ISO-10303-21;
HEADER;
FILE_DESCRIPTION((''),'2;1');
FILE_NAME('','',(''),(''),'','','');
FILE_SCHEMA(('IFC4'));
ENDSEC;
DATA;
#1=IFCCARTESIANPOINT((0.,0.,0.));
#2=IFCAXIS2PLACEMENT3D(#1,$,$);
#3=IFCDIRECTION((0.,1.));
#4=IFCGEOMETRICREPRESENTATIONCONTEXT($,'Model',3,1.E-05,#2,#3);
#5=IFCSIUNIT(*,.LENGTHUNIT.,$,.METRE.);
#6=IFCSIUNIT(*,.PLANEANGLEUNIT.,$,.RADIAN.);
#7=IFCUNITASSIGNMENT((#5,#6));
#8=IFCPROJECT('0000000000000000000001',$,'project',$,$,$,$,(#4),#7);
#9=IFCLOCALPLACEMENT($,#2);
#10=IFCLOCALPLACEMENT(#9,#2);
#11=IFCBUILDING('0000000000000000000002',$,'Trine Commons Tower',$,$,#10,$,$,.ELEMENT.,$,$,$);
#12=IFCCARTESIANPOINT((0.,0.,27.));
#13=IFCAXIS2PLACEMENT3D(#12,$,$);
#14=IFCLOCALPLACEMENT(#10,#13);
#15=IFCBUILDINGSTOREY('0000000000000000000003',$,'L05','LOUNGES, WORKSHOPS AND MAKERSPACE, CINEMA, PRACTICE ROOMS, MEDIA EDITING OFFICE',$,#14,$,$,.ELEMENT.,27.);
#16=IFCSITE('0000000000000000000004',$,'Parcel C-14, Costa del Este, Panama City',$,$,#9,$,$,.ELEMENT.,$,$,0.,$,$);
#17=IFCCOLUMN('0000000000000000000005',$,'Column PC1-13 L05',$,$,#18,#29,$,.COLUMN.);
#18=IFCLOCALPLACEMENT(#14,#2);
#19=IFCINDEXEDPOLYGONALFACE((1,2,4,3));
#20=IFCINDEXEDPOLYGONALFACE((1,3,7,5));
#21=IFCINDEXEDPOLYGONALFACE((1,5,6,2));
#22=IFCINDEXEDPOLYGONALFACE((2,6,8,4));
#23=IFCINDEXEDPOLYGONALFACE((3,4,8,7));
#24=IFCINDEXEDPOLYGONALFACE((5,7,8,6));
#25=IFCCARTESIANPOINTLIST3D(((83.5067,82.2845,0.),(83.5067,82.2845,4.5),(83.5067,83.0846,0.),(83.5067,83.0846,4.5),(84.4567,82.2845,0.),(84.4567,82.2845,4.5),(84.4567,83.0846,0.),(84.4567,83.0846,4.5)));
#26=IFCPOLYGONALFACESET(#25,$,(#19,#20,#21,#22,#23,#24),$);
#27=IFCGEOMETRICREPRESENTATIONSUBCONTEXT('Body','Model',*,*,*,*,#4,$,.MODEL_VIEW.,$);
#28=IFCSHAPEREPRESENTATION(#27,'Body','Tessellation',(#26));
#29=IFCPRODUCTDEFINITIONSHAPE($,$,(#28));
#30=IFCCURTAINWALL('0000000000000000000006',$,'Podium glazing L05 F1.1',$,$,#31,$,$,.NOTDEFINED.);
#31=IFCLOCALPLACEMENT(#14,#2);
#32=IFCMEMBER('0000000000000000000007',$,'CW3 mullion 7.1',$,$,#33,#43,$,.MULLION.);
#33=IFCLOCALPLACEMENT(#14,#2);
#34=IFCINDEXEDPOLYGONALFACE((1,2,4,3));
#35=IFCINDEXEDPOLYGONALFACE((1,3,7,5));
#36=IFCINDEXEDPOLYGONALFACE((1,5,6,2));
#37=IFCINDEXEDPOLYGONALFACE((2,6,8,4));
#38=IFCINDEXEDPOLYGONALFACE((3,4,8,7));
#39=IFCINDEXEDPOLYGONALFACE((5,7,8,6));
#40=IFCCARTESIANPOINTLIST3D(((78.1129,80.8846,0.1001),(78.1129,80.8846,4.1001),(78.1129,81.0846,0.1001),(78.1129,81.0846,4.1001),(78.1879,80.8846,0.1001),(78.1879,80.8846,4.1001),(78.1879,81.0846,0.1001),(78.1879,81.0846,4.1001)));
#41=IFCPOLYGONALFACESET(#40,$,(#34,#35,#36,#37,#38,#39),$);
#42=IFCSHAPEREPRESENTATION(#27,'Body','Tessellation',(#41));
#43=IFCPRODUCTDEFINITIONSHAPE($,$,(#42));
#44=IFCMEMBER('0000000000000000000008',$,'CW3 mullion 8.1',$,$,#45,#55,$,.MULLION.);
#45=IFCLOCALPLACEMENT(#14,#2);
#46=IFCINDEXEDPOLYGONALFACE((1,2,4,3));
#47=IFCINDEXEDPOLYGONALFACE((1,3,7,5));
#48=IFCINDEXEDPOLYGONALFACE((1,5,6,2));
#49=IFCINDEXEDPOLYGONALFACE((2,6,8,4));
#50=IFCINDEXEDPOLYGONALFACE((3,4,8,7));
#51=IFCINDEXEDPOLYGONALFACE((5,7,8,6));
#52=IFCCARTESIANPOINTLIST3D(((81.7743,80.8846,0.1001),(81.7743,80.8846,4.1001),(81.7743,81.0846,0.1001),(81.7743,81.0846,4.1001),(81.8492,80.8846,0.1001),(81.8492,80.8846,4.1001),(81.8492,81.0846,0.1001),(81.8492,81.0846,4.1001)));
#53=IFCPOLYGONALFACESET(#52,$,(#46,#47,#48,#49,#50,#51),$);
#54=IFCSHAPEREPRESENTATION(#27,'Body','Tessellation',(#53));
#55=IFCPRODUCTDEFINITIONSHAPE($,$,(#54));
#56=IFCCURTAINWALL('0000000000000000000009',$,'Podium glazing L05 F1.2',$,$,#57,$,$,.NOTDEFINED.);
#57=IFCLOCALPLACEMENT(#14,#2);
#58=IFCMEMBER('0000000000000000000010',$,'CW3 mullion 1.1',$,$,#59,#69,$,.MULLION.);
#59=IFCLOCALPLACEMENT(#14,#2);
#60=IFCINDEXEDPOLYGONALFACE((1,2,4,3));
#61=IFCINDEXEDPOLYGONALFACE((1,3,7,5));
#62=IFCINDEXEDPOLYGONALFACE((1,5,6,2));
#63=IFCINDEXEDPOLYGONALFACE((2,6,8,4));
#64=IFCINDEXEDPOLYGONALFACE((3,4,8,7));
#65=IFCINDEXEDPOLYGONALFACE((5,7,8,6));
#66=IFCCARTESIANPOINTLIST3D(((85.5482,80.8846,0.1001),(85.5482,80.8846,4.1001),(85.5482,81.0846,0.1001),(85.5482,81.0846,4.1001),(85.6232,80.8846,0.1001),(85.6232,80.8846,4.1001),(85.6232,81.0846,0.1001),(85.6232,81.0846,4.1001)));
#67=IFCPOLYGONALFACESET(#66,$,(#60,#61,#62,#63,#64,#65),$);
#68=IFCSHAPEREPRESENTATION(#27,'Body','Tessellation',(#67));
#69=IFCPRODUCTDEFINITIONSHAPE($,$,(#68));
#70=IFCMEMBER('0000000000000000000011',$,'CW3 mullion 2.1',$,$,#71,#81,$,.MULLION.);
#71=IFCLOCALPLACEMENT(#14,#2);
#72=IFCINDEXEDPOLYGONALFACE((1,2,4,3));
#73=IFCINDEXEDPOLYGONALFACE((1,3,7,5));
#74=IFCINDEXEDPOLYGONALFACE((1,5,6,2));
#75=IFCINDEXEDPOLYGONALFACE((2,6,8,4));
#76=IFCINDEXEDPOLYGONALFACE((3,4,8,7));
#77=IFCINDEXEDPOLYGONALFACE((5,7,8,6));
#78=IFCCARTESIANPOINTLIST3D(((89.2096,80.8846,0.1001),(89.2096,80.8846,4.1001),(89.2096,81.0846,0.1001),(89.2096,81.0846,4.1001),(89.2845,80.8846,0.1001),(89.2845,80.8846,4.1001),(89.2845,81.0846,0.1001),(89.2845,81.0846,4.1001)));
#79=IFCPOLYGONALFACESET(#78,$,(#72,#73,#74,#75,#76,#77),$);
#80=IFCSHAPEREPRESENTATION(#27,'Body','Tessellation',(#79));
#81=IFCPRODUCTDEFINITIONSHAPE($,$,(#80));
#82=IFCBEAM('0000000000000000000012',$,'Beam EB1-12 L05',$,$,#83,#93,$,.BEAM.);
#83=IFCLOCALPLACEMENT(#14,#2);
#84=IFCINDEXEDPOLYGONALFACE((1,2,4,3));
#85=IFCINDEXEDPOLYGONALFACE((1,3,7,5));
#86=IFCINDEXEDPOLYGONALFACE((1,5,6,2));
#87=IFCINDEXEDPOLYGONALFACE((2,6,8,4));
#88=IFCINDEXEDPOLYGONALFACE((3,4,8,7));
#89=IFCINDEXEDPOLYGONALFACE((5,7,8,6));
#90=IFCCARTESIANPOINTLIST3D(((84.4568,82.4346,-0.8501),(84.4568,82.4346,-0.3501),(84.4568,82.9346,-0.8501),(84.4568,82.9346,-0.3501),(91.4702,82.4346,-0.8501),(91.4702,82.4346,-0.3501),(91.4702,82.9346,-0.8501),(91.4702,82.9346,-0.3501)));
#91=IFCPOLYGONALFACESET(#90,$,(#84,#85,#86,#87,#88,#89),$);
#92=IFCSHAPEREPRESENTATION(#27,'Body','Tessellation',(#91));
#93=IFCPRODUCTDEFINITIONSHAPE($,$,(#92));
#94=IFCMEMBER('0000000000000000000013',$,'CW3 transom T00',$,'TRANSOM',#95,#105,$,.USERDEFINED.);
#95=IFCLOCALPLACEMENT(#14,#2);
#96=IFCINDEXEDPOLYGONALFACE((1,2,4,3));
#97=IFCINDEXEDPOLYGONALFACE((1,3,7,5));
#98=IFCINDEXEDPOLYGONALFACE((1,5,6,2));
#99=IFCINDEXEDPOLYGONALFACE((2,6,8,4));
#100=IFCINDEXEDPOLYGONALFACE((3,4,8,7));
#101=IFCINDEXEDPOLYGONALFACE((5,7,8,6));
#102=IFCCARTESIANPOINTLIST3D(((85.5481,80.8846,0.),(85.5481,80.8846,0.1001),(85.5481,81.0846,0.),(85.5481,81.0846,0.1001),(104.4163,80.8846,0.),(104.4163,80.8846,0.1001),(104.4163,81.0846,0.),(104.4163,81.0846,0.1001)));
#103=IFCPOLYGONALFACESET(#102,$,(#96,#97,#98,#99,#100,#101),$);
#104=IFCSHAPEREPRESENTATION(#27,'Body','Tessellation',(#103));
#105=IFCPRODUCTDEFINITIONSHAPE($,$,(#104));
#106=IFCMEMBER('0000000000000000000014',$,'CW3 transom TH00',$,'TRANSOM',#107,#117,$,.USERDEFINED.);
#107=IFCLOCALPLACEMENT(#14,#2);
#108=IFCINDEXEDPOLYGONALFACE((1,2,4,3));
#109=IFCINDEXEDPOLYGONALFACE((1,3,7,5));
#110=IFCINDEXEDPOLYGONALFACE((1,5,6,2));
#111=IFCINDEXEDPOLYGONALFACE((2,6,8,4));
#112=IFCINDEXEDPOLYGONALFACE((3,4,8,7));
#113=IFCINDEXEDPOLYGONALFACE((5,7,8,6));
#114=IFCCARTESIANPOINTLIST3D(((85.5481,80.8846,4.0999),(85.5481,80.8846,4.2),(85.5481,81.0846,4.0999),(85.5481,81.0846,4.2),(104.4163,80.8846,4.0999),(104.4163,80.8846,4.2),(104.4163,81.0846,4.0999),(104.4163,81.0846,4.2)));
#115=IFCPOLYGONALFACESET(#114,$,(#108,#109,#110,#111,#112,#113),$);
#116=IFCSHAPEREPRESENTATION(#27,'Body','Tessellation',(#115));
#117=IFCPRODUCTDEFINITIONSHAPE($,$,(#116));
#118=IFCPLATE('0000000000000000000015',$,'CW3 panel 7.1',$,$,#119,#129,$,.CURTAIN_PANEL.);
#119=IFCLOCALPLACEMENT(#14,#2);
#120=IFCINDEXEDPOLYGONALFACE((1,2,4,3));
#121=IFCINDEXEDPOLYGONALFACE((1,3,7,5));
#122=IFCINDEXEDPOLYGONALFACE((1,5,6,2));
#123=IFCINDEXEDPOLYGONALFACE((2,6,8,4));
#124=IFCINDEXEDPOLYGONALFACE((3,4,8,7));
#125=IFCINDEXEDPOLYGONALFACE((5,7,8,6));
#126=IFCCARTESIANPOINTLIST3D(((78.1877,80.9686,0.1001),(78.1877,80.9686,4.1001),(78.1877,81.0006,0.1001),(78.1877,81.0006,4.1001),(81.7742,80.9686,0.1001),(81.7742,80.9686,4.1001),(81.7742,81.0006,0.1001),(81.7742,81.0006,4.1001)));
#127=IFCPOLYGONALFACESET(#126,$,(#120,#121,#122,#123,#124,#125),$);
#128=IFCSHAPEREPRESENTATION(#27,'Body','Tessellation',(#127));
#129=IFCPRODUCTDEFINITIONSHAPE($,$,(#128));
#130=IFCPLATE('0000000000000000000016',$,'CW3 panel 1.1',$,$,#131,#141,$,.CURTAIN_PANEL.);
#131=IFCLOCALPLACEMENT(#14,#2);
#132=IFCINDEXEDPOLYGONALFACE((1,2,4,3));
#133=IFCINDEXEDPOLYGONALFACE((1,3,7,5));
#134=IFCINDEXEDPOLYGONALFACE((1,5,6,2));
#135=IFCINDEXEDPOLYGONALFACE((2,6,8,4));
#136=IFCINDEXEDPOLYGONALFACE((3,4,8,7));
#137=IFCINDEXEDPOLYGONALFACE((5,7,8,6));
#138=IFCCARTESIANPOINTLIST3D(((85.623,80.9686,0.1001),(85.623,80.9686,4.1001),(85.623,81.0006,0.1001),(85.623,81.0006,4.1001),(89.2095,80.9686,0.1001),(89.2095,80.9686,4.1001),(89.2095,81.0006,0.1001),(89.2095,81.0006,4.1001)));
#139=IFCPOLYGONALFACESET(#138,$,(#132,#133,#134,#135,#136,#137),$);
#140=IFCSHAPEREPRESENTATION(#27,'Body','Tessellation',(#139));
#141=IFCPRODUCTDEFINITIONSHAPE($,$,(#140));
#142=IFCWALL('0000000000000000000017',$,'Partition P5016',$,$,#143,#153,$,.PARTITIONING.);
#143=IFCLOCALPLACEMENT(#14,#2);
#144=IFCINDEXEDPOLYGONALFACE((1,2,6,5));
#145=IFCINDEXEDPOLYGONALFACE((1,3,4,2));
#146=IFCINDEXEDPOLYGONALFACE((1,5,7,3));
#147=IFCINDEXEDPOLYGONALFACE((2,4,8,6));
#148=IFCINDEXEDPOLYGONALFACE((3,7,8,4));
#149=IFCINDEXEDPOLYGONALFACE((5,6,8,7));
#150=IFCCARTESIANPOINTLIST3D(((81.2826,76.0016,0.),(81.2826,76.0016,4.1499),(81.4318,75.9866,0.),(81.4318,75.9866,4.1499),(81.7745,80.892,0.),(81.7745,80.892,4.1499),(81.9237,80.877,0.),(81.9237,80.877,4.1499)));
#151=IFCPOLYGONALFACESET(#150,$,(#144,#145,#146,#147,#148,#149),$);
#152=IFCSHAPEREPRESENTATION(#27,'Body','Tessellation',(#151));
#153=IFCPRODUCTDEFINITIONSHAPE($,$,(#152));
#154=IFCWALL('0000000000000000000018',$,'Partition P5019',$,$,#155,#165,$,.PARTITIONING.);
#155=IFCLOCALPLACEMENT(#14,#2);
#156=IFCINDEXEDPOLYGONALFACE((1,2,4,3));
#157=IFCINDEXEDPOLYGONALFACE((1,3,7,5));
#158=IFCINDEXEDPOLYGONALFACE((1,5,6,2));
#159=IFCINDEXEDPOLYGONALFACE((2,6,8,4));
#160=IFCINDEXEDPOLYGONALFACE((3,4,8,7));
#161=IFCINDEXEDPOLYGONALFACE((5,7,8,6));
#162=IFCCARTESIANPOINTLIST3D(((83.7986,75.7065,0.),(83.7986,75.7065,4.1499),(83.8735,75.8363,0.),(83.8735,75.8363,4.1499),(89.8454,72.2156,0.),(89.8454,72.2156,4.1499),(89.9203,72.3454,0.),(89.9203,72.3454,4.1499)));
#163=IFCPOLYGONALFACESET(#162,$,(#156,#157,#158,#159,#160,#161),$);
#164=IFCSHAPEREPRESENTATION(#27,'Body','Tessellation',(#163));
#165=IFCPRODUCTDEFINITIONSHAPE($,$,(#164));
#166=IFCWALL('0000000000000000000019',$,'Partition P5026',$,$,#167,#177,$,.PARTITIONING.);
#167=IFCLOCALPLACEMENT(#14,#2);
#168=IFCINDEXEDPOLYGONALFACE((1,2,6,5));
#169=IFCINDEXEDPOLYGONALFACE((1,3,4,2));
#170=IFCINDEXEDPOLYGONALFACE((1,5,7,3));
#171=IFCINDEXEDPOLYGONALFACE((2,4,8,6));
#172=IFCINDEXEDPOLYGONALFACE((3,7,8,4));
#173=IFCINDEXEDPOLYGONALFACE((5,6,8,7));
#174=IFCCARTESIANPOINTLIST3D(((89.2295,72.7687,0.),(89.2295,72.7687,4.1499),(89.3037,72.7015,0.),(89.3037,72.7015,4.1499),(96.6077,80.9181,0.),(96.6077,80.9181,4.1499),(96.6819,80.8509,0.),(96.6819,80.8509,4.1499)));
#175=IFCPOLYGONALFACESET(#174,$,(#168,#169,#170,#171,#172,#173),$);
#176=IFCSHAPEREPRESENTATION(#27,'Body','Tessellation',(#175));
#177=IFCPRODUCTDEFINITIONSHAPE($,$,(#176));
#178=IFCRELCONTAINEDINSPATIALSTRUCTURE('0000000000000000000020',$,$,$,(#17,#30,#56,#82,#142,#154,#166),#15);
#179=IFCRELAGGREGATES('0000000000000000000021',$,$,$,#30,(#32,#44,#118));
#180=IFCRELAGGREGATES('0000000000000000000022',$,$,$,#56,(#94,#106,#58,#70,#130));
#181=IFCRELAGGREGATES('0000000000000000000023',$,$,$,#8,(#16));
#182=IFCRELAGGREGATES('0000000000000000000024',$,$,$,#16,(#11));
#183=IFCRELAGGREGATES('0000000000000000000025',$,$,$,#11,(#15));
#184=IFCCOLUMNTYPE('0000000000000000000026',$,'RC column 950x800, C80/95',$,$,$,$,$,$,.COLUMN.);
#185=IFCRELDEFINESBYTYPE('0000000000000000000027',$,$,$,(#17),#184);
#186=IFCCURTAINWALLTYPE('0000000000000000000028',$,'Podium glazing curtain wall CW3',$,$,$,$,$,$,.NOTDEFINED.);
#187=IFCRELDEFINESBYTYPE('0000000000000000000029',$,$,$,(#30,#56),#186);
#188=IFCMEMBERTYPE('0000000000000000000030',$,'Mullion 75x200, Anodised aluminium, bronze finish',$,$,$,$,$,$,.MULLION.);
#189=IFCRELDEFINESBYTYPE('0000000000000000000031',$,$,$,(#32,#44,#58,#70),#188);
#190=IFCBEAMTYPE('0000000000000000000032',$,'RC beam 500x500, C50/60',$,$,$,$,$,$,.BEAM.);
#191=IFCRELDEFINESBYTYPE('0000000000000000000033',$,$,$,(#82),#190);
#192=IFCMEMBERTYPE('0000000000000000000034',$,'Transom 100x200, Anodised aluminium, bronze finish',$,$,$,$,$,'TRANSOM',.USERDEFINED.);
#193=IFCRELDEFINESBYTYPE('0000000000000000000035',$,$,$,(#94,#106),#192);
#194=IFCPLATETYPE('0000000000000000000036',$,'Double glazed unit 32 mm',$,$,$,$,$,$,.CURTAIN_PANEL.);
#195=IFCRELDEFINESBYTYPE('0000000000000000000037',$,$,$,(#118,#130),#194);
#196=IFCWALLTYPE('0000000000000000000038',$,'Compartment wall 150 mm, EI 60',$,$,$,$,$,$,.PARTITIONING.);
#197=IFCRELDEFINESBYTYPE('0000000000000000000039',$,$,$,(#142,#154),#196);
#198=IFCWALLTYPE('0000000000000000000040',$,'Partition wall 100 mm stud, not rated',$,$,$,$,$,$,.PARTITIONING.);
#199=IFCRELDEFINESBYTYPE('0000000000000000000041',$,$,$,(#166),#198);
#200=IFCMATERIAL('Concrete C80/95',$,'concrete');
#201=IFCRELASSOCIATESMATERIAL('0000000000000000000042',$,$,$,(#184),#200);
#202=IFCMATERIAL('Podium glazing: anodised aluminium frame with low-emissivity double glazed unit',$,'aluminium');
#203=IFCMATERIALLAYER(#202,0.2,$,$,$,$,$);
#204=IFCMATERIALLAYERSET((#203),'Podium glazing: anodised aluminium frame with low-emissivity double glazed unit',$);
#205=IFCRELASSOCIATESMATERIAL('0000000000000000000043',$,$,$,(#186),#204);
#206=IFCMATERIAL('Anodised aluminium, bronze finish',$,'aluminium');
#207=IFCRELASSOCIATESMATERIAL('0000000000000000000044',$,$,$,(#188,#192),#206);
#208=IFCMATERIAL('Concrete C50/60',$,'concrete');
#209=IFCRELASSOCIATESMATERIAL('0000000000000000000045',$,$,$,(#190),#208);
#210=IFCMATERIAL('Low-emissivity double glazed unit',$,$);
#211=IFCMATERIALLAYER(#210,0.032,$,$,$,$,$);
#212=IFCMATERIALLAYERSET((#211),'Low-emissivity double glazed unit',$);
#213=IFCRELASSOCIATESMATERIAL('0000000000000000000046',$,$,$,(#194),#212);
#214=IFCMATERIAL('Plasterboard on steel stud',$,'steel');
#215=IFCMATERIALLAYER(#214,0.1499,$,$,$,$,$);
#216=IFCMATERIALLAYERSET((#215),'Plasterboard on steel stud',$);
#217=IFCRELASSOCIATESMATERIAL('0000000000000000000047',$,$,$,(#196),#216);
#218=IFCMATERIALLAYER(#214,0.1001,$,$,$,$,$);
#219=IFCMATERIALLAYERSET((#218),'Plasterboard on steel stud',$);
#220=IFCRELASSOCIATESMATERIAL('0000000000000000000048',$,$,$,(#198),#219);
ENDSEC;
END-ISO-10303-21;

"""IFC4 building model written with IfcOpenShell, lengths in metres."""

from ifc_helpers import new_model, si_unit, direction, frame, frame_2d, origin, origin_2d, place, context, subcontext, project, spatial, rectangle, extrude, material, layer, layer_set, material_profile, profile_set, type_object, element, aggregate, save


model = new_model("IFC4")

# Units and contexts
model_context = context("Model", 3, precision=1e-05, world=origin(), true_north=direction((0.0, 1.0)))
body_context = subcontext(model_context, "Body", "Model", "MODEL_VIEW")
ifc_project = project(units=[si_unit("LENGTHUNIT", "METRE"), si_unit("PLANEANGLEUNIT", "RADIAN")], contexts=[model_context])

# Site, building, storey
site_placement = place(None, origin())
site = spatial("IfcSite", under=ifc_project, at=site_placement, Name="Parcel C-14, Costa del Este, Panama City", CompositionType="ELEMENT", RefElevation=0.0)
building_placement = place(site_placement, origin())
building = spatial("IfcBuilding", under=site, at=building_placement, Name="Trine Commons Tower", CompositionType="ELEMENT")
storey_placement = place(building_placement, frame((0.0, 0.0, 27.0)))
storey = spatial("IfcBuildingStorey", under=building, at=storey_placement, Name="L05", Description="LOUNGES, WORKSHOPS AND MAKERSPACE, CINEMA, PRACTICE ROOMS, MEDIA EDITING OFFICE", CompositionType="ELEMENT", Elevation=27.0)

# Column
ifc_material_1 = material(Name="Concrete C80/95", Category="concrete")
ifc_material_profile_1 = material_profile(ifc_material_1, rectangle(XDim=0.95, YDim=0.8, at=origin_2d()), Name="RC 950x800")
ifc_profile_set_1 = profile_set([ifc_material_profile_1], Name="Concrete C80/95")
column_type = type_object("IfcColumnType", Name="RC column 950x800, C80/95", PredefinedType="COLUMN", material=ifc_profile_set_1)
column_placement = place(storey_placement, frame((83.9817, 82.6846, 0.0), z_axis=(0.0, 0.0, 1.0), x_axis=(1.0, 0.0, 0.0)))
element("IfcColumn", 1, at=column_placement, inside=storey, type_object=column_type, Name="Column PC1-13 L05", PredefinedType="COLUMN", context=body_context, shape_type="SweptSolid", body=[
    extrude(rectangle(XDim=0.95, YDim=0.8, at=origin_2d()), origin(), (0.0, 0.0, 1.0), 4.5),
])

# Curtain walls, members
ifc_material_2 = material(Name="Podium glazing: anodised aluminium frame with low-emissivity double glazed unit", Category="aluminium")
ifc_layer_1 = layer(ifc_material_2, 0.2)
ifc_layer_set_1 = layer_set([ifc_layer_1], Name="Podium glazing: anodised aluminium frame with low-emissivity double glazed unit")
curtain_wall_type = type_object("IfcCurtainWallType", Name="Podium glazing curtain wall CW3", PredefinedType="NOTDEFINED", material=ifc_layer_set_1)
curtain_wall_1_placement = place(storey_placement, origin())
curtain_wall_1 = element("IfcCurtainWall", 2, at=curtain_wall_1_placement, inside=storey, type_object=curtain_wall_type, Name="Podium glazing L05 F1.1", PredefinedType="NOTDEFINED")
ifc_material_3 = material(Name="Anodised aluminium, bronze finish", Category="aluminium")
ifc_material_profile_2 = material_profile(ifc_material_3, rectangle(XDim=0.2, YDim=0.075, at=origin_2d()), Name="Mullion 75x200")
ifc_profile_set_2 = profile_set([ifc_material_profile_2], Name="Anodised aluminium, bronze finish")
member_type_1 = type_object("IfcMemberType", Name="Mullion 75x200, Anodised aluminium, bronze finish", PredefinedType="MULLION", material=ifc_profile_set_2)
member_1_placement = place(storey_placement, frame((78.1504, 80.9846, 0.1001), z_axis=(0.0, 0.0, 1.0), x_axis=(0.0, 1.0, 0.0)))
member_1 = element("IfcMember", 3, at=member_1_placement, type_object=member_type_1, Name="CW3 mullion 7.1", PredefinedType="MULLION", context=body_context, shape_type="SweptSolid", body=[
    extrude(rectangle(XDim=0.2, YDim=0.075, at=origin_2d()), origin(), (0.0, 0.0, 1.0), 4.0),
])
member_2_placement = place(storey_placement, frame((81.8118, 80.9846, 0.1001), z_axis=(0.0, 0.0, 1.0), x_axis=(0.0, 1.0, 0.0)))
member_2 = element("IfcMember", 4, at=member_2_placement, type_object=member_type_1, Name="CW3 mullion 8.1", PredefinedType="MULLION", context=body_context, shape_type="SweptSolid", body=[
    extrude(rectangle(XDim=0.2, YDim=0.075, at=origin_2d()), origin(), (0.0, 0.0, 1.0), 4.0),
])
curtain_wall_2_placement = place(storey_placement, origin())
curtain_wall_2 = element("IfcCurtainWall", 5, at=curtain_wall_2_placement, inside=storey, type_object=curtain_wall_type, Name="Podium glazing L05 F1.2", PredefinedType="NOTDEFINED")
member_3_placement = place(storey_placement, frame((85.5857, 80.9846, 0.1001), z_axis=(0.0, 0.0, 1.0), x_axis=(0.0, 1.0, 0.0)))
member_3 = element("IfcMember", 6, at=member_3_placement, type_object=member_type_1, Name="CW3 mullion 1.1", PredefinedType="MULLION", context=body_context, shape_type="SweptSolid", body=[
    extrude(rectangle(XDim=0.2, YDim=0.075, at=origin_2d()), origin(), (0.0, 0.0, 1.0), 4.0),
])
member_4_placement = place(storey_placement, frame((89.2471, 80.9846, 0.1001), z_axis=(0.0, 0.0, 1.0), x_axis=(0.0, 1.0, 0.0)))
member_4 = element("IfcMember", 7, at=member_4_placement, type_object=member_type_1, Name="CW3 mullion 2.1", PredefinedType="MULLION", context=body_context, shape_type="SweptSolid", body=[
    extrude(rectangle(XDim=0.2, YDim=0.075, at=origin_2d()), origin(), (0.0, 0.0, 1.0), 4.0),
])

# Beam
ifc_material_4 = material(Name="Concrete C50/60", Category="concrete")
ifc_material_profile_3 = material_profile(ifc_material_4, rectangle(XDim=0.5, YDim=0.5, at=origin_2d()), Name="RC 500x500")
ifc_profile_set_3 = profile_set([ifc_material_profile_3], Name="Concrete C50/60")
beam_type = type_object("IfcBeamType", Name="RC beam 500x500, C50/60", PredefinedType="BEAM", material=ifc_profile_set_3)
beam_placement = place(storey_placement, frame((84.4568, 82.6846, -0.6001), z_axis=(1.0, 0.0, 0.0), x_axis=(0.0, 1.0, 0.0)))
element("IfcBeam", 8, at=beam_placement, inside=storey, type_object=beam_type, Name="Beam EB1-12 L05", PredefinedType="BEAM", context=body_context, shape_type="SweptSolid", body=[
    extrude(rectangle(XDim=0.5, YDim=0.5, at=origin_2d()), origin(), (0.0, 0.0, 1.0), 7.0134),
])

# Members
ifc_material_profile_4 = material_profile(ifc_material_3, rectangle(XDim=0.2, YDim=0.1001, at=origin_2d()), Name="Transom 100x200")
ifc_profile_set_4 = profile_set([ifc_material_profile_4], Name="Anodised aluminium, bronze finish")
member_type_2 = type_object("IfcMemberType", Name="Transom 100x200, Anodised aluminium, bronze finish", ElementType="TRANSOM", PredefinedType="USERDEFINED", material=ifc_profile_set_4)
member_5_placement = place(storey_placement, frame((85.5481, 80.9846, 0.05), z_axis=(1.0, 0.0, 0.0), x_axis=(0.0, 1.0, 0.0)))
member_5 = element("IfcMember", 9, at=member_5_placement, type_object=member_type_2, Name="CW3 transom T00", ObjectType="TRANSOM", PredefinedType="USERDEFINED", context=body_context, shape_type="SweptSolid", body=[
    extrude(rectangle(XDim=0.2, YDim=0.1001, at=origin_2d()), origin(), (0.0, 0.0, 1.0), 18.8682),
])
member_6_placement = place(storey_placement, frame((85.5481, 80.9846, 4.1499), z_axis=(1.0, 0.0, 0.0), x_axis=(0.0, 1.0, 0.0)))
member_6 = element("IfcMember", 10, at=member_6_placement, type_object=member_type_2, Name="CW3 transom TH00", ObjectType="TRANSOM", PredefinedType="USERDEFINED", context=body_context, shape_type="SweptSolid", body=[
    extrude(rectangle(XDim=0.2, YDim=0.1001, at=origin_2d()), origin(), (0.0, 0.0, 1.0), 18.8682),
])

# Plates
ifc_material_5 = material(Name="Low-emissivity double glazed unit")
ifc_layer_2 = layer(ifc_material_5, 0.032)
ifc_layer_set_2 = layer_set([ifc_layer_2], Name="Low-emissivity double glazed unit")
plate_type = type_object("IfcPlateType", Name="Double glazed unit 32 mm", PredefinedType="CURTAIN_PANEL", material=ifc_layer_set_2)
plate_1_placement = place(storey_placement, frame((79.981, 80.9846, 0.1001), z_axis=(0.0, 0.0, 1.0), x_axis=(1.0, 0.0, 0.0)))
plate_1 = element("IfcPlate", 11, at=plate_1_placement, type_object=plate_type, Name="CW3 panel 7.1", PredefinedType="CURTAIN_PANEL", context=body_context, shape_type="SweptSolid", body=[
    extrude(rectangle(XDim=3.5864, YDim=0.032, at=origin_2d()), origin(), (0.0, 0.0, 1.0), 4.0),
])
aggregate(curtain_wall_1, [member_1, member_2, plate_1])
plate_2_placement = place(storey_placement, frame((87.4163, 80.9846, 0.1001), z_axis=(0.0, 0.0, 1.0), x_axis=(1.0, 0.0, 0.0)))
plate_2 = element("IfcPlate", 12, at=plate_2_placement, type_object=plate_type, Name="CW3 panel 1.1", PredefinedType="CURTAIN_PANEL", context=body_context, shape_type="SweptSolid", body=[
    extrude(rectangle(XDim=3.5864, YDim=0.032, at=origin_2d()), origin(), (0.0, 0.0, 1.0), 4.0),
])
aggregate(curtain_wall_2, [member_5, member_6, member_3, member_4, plate_2])

# Walls
ifc_material_6 = material(Name="Plasterboard on steel stud", Category="steel")
ifc_layer_3 = layer(ifc_material_6, 0.1499)
ifc_layer_set_3 = layer_set([ifc_layer_3], Name="Plasterboard on steel stud")
wall_type_1 = type_object("IfcWallType", Name="Compartment wall 150 mm, EI 60", PredefinedType="PARTITIONING", material=ifc_layer_set_3)
wall_1_placement = place(storey_placement, frame((81.3572, 75.9941, 0.0), z_axis=(0.0, 0.0, 1.0), x_axis=(0.100089, 0.994978, 0.0)))
element("IfcWall", 13, at=wall_1_placement, inside=storey, type_object=wall_type_1, Name="Partition P5016", PredefinedType="PARTITIONING", context=body_context, shape_type="SweptSolid", body=[
    extrude(rectangle(XDim=4.915, YDim=0.1499, at=frame_2d((2.4575, 0.0))), origin(), (0.0, 0.0, 1.0), 4.1499),
])
wall_2_placement = place(storey_placement, frame((83.8359, 75.7715, 0.0), z_axis=(0.0, 0.0, 1.0), x_axis=(0.866038, -0.499979, 0.0)))
element("IfcWall", 14, at=wall_2_placement, inside=storey, type_object=wall_type_1, Name="Partition P5019", PredefinedType="PARTITIONING", context=body_context, shape_type="SweptSolid", body=[
    extrude(rectangle(XDim=6.9822, YDim=0.1499, at=frame_2d((3.4912, 0.0))), origin(), (0.0, 0.0, 1.0), 4.1499),
])

# Wall
ifc_layer_4 = layer(ifc_material_6, 0.1001)
ifc_layer_set_4 = layer_set([ifc_layer_4], Name="Plasterboard on steel stud")
wall_type_2 = type_object("IfcWallType", Name="Partition wall 100 mm stud, not rated", PredefinedType="PARTITIONING", material=ifc_layer_set_4)
wall_3_placement = place(storey_placement, frame((89.2666, 72.7351, 0.0), z_axis=(0.0, 0.0, 1.0), x_axis=(0.671158, 0.741314, 0.0)))
element("IfcWall", 15, at=wall_3_placement, inside=storey, type_object=wall_type_2, Name="Partition P5026", PredefinedType="PARTITIONING", context=body_context, shape_type="SweptSolid", body=[
    extrude(rectangle(XDim=10.9932, YDim=0.1001, at=frame_2d((5.4966, 0.0))), origin(), (0.0, 0.0, 1.0), 4.1499),
])

save(model, "model.ifc")
